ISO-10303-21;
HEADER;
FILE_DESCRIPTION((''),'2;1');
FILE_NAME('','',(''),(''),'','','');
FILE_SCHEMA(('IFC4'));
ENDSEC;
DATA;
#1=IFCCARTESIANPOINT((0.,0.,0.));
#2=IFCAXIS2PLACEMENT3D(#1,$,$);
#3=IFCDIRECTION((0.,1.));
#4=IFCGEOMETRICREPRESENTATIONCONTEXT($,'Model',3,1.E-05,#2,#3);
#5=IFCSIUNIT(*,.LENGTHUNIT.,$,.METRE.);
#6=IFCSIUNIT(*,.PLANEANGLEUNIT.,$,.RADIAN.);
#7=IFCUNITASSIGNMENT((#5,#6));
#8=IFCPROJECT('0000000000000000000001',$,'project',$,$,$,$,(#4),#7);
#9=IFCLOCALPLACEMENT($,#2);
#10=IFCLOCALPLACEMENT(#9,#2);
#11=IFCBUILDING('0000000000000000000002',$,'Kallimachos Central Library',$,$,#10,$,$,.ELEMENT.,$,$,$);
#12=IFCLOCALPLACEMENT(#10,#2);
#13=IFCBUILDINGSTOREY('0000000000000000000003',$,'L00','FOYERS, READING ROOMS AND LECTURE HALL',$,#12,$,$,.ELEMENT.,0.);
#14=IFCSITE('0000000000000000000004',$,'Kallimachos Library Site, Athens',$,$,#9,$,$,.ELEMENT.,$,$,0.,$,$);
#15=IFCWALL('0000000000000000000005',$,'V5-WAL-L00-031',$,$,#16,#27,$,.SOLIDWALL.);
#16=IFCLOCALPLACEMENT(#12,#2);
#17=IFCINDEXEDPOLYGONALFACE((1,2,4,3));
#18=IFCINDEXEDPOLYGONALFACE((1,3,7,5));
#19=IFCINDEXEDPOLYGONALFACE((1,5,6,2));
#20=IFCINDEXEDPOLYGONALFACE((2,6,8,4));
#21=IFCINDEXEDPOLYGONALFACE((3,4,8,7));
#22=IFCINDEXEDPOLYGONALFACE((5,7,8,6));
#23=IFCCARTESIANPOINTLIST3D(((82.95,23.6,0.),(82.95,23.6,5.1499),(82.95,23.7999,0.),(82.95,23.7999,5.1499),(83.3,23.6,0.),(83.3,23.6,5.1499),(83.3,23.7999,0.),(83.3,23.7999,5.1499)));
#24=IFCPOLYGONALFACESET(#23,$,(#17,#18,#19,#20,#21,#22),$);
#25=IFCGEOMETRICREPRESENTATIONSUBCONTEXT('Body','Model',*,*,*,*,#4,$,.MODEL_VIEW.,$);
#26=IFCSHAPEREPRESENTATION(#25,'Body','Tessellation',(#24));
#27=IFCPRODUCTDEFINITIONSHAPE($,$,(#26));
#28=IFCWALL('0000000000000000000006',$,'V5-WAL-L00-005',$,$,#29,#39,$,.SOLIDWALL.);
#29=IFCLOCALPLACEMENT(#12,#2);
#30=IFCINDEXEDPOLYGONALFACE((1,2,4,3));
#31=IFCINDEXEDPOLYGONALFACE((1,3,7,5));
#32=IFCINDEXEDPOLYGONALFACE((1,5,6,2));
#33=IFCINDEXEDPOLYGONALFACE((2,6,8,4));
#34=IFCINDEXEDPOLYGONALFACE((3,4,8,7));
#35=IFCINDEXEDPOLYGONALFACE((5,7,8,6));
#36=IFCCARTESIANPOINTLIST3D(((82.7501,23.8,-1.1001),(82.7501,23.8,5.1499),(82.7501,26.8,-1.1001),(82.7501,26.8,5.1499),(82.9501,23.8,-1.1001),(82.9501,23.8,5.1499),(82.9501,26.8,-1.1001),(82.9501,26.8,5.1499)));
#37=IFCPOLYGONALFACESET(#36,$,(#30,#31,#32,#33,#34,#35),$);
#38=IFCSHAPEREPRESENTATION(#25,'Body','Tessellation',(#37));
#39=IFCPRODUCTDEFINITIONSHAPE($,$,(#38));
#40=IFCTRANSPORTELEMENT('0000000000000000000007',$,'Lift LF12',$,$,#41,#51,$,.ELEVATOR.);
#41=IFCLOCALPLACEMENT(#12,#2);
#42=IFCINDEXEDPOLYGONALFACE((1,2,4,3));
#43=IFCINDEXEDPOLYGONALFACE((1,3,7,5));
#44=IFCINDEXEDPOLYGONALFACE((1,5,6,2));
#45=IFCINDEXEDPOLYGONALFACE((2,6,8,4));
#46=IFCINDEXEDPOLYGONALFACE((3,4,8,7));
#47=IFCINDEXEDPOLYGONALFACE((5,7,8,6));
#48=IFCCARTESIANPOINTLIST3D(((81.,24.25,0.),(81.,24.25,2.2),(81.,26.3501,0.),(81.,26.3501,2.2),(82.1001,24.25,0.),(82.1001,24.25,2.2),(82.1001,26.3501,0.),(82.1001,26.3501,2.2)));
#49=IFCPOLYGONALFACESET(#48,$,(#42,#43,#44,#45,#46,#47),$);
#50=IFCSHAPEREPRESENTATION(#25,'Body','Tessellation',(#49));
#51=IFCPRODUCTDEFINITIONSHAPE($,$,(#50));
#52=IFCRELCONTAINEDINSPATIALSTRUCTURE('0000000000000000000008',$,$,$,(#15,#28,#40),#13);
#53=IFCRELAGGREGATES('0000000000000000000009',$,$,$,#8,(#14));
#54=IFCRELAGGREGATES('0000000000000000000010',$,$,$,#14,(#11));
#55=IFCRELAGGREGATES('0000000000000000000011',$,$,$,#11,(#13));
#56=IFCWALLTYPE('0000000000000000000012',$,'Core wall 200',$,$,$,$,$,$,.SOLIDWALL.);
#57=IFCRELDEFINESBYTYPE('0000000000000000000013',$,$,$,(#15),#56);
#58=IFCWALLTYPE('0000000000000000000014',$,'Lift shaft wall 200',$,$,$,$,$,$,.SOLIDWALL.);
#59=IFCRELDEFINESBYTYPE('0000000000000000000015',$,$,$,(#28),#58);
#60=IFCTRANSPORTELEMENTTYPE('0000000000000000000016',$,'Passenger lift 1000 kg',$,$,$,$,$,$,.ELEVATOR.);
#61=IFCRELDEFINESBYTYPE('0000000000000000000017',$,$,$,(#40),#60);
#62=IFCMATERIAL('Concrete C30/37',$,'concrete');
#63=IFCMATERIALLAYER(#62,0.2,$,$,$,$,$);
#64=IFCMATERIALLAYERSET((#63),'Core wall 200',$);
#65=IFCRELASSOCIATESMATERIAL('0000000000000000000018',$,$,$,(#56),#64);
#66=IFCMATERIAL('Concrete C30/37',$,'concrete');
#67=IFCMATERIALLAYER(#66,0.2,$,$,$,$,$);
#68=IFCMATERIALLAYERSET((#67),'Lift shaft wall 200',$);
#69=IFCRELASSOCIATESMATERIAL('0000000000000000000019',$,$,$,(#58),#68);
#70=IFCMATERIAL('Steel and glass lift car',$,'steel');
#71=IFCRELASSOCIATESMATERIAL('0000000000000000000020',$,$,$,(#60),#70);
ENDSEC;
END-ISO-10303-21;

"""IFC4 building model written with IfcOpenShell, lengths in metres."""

from ifc_helpers import new_model, si_unit, direction, frame, frame_2d, origin, origin_2d, place, context, subcontext, project, spatial, rectangle, extrude, material, layer, layer_set, type_object, element, save


model = new_model("IFC4")

# Units and contexts
model_context = context("Model", 3, precision=1e-05, world=origin(), true_north=direction((0.0, 1.0)))
body_context = subcontext(model_context, "Body", "Model", "MODEL_VIEW")
ifc_project = project(units=[si_unit("LENGTHUNIT", "METRE"), si_unit("PLANEANGLEUNIT", "RADIAN")], contexts=[model_context])

# Site, building, storey
site_placement = place(None, origin())
site = spatial("IfcSite", under=ifc_project, at=site_placement, Name="Kallimachos Library Site, Athens", CompositionType="ELEMENT", RefElevation=0.0)
building_placement = place(site_placement, origin())
building = spatial("IfcBuilding", under=site, at=building_placement, Name="Kallimachos Central Library", CompositionType="ELEMENT")
storey_placement = place(building_placement, origin())
storey = spatial("IfcBuildingStorey", under=building, at=storey_placement, Name="L00", Description="FOYERS, READING ROOMS AND LECTURE HALL", CompositionType="ELEMENT", Elevation=0.0)

# Walls
ifc_material_1 = material(Name="Concrete C30/37", Category="concrete")
ifc_layer_1 = layer(ifc_material_1, 0.2)
ifc_layer_set_1 = layer_set([ifc_layer_1], Name="Core wall 200")
wall_type_1 = type_object("IfcWallType", Name="Core wall 200", PredefinedType="SOLIDWALL", material=ifc_layer_set_1)
wall_1_placement = place(storey_placement, frame((82.95, 23.7, 0.0), z_axis=(0.0, 0.0, 1.0), x_axis=(1.0, 0.0, 0.0)))
element("IfcWall", 1, at=wall_1_placement, inside=storey, type_object=wall_type_1, Name="V5-WAL-L00-031", PredefinedType="SOLIDWALL", context=body_context, shape_type="SweptSolid", body=[
    extrude(rectangle(XDim=0.3501, YDim=0.2, at=frame_2d((0.175, 0.0))), origin(), (0.0, 0.0, 1.0), 5.1499),
])
ifc_material_2 = material(Name="Concrete C30/37", Category="concrete")
ifc_layer_2 = layer(ifc_material_2, 0.2)
ifc_layer_set_2 = layer_set([ifc_layer_2], Name="Lift shaft wall 200")
wall_type_2 = type_object("IfcWallType", Name="Lift shaft wall 200", PredefinedType="SOLIDWALL", material=ifc_layer_set_2)
wall_2_placement = place(storey_placement, frame((82.8501, 23.8, -1.1001), z_axis=(0.0, 0.0, 1.0), x_axis=(0.0, 1.0, 0.0)))
element("IfcWall", 2, at=wall_2_placement, inside=storey, type_object=wall_type_2, Name="V5-WAL-L00-005", PredefinedType="SOLIDWALL", context=body_context, shape_type="SweptSolid", body=[
    extrude(rectangle(XDim=3.0, YDim=0.2, at=frame_2d((1.5, 0.0))), origin(), (0.0, 0.0, 1.0), 6.25),
])

# Transport element
ifc_material_3 = material(Name="Steel and glass lift car", Category="steel")
transport_element_type = type_object("IfcTransportElementType", Name="Passenger lift 1000 kg", PredefinedType="ELEVATOR", material=ifc_material_3)
transport_element_placement = place(storey_placement, frame((81.55, 25.3, 0.0), z_axis=(0.0, 0.0, 1.0), x_axis=(1.0, 0.0, 0.0)))
element("IfcTransportElement", 3, at=transport_element_placement, inside=storey, type_object=transport_element_type, Name="Lift LF12", PredefinedType="ELEVATOR", context=body_context, shape_type="SweptSolid", body=[
    extrude(rectangle(XDim=1.1001, YDim=2.1001, at=origin_2d()), origin(), (0.0, 0.0, 1.0), 2.2),
])

save(model, "model.ifc")
